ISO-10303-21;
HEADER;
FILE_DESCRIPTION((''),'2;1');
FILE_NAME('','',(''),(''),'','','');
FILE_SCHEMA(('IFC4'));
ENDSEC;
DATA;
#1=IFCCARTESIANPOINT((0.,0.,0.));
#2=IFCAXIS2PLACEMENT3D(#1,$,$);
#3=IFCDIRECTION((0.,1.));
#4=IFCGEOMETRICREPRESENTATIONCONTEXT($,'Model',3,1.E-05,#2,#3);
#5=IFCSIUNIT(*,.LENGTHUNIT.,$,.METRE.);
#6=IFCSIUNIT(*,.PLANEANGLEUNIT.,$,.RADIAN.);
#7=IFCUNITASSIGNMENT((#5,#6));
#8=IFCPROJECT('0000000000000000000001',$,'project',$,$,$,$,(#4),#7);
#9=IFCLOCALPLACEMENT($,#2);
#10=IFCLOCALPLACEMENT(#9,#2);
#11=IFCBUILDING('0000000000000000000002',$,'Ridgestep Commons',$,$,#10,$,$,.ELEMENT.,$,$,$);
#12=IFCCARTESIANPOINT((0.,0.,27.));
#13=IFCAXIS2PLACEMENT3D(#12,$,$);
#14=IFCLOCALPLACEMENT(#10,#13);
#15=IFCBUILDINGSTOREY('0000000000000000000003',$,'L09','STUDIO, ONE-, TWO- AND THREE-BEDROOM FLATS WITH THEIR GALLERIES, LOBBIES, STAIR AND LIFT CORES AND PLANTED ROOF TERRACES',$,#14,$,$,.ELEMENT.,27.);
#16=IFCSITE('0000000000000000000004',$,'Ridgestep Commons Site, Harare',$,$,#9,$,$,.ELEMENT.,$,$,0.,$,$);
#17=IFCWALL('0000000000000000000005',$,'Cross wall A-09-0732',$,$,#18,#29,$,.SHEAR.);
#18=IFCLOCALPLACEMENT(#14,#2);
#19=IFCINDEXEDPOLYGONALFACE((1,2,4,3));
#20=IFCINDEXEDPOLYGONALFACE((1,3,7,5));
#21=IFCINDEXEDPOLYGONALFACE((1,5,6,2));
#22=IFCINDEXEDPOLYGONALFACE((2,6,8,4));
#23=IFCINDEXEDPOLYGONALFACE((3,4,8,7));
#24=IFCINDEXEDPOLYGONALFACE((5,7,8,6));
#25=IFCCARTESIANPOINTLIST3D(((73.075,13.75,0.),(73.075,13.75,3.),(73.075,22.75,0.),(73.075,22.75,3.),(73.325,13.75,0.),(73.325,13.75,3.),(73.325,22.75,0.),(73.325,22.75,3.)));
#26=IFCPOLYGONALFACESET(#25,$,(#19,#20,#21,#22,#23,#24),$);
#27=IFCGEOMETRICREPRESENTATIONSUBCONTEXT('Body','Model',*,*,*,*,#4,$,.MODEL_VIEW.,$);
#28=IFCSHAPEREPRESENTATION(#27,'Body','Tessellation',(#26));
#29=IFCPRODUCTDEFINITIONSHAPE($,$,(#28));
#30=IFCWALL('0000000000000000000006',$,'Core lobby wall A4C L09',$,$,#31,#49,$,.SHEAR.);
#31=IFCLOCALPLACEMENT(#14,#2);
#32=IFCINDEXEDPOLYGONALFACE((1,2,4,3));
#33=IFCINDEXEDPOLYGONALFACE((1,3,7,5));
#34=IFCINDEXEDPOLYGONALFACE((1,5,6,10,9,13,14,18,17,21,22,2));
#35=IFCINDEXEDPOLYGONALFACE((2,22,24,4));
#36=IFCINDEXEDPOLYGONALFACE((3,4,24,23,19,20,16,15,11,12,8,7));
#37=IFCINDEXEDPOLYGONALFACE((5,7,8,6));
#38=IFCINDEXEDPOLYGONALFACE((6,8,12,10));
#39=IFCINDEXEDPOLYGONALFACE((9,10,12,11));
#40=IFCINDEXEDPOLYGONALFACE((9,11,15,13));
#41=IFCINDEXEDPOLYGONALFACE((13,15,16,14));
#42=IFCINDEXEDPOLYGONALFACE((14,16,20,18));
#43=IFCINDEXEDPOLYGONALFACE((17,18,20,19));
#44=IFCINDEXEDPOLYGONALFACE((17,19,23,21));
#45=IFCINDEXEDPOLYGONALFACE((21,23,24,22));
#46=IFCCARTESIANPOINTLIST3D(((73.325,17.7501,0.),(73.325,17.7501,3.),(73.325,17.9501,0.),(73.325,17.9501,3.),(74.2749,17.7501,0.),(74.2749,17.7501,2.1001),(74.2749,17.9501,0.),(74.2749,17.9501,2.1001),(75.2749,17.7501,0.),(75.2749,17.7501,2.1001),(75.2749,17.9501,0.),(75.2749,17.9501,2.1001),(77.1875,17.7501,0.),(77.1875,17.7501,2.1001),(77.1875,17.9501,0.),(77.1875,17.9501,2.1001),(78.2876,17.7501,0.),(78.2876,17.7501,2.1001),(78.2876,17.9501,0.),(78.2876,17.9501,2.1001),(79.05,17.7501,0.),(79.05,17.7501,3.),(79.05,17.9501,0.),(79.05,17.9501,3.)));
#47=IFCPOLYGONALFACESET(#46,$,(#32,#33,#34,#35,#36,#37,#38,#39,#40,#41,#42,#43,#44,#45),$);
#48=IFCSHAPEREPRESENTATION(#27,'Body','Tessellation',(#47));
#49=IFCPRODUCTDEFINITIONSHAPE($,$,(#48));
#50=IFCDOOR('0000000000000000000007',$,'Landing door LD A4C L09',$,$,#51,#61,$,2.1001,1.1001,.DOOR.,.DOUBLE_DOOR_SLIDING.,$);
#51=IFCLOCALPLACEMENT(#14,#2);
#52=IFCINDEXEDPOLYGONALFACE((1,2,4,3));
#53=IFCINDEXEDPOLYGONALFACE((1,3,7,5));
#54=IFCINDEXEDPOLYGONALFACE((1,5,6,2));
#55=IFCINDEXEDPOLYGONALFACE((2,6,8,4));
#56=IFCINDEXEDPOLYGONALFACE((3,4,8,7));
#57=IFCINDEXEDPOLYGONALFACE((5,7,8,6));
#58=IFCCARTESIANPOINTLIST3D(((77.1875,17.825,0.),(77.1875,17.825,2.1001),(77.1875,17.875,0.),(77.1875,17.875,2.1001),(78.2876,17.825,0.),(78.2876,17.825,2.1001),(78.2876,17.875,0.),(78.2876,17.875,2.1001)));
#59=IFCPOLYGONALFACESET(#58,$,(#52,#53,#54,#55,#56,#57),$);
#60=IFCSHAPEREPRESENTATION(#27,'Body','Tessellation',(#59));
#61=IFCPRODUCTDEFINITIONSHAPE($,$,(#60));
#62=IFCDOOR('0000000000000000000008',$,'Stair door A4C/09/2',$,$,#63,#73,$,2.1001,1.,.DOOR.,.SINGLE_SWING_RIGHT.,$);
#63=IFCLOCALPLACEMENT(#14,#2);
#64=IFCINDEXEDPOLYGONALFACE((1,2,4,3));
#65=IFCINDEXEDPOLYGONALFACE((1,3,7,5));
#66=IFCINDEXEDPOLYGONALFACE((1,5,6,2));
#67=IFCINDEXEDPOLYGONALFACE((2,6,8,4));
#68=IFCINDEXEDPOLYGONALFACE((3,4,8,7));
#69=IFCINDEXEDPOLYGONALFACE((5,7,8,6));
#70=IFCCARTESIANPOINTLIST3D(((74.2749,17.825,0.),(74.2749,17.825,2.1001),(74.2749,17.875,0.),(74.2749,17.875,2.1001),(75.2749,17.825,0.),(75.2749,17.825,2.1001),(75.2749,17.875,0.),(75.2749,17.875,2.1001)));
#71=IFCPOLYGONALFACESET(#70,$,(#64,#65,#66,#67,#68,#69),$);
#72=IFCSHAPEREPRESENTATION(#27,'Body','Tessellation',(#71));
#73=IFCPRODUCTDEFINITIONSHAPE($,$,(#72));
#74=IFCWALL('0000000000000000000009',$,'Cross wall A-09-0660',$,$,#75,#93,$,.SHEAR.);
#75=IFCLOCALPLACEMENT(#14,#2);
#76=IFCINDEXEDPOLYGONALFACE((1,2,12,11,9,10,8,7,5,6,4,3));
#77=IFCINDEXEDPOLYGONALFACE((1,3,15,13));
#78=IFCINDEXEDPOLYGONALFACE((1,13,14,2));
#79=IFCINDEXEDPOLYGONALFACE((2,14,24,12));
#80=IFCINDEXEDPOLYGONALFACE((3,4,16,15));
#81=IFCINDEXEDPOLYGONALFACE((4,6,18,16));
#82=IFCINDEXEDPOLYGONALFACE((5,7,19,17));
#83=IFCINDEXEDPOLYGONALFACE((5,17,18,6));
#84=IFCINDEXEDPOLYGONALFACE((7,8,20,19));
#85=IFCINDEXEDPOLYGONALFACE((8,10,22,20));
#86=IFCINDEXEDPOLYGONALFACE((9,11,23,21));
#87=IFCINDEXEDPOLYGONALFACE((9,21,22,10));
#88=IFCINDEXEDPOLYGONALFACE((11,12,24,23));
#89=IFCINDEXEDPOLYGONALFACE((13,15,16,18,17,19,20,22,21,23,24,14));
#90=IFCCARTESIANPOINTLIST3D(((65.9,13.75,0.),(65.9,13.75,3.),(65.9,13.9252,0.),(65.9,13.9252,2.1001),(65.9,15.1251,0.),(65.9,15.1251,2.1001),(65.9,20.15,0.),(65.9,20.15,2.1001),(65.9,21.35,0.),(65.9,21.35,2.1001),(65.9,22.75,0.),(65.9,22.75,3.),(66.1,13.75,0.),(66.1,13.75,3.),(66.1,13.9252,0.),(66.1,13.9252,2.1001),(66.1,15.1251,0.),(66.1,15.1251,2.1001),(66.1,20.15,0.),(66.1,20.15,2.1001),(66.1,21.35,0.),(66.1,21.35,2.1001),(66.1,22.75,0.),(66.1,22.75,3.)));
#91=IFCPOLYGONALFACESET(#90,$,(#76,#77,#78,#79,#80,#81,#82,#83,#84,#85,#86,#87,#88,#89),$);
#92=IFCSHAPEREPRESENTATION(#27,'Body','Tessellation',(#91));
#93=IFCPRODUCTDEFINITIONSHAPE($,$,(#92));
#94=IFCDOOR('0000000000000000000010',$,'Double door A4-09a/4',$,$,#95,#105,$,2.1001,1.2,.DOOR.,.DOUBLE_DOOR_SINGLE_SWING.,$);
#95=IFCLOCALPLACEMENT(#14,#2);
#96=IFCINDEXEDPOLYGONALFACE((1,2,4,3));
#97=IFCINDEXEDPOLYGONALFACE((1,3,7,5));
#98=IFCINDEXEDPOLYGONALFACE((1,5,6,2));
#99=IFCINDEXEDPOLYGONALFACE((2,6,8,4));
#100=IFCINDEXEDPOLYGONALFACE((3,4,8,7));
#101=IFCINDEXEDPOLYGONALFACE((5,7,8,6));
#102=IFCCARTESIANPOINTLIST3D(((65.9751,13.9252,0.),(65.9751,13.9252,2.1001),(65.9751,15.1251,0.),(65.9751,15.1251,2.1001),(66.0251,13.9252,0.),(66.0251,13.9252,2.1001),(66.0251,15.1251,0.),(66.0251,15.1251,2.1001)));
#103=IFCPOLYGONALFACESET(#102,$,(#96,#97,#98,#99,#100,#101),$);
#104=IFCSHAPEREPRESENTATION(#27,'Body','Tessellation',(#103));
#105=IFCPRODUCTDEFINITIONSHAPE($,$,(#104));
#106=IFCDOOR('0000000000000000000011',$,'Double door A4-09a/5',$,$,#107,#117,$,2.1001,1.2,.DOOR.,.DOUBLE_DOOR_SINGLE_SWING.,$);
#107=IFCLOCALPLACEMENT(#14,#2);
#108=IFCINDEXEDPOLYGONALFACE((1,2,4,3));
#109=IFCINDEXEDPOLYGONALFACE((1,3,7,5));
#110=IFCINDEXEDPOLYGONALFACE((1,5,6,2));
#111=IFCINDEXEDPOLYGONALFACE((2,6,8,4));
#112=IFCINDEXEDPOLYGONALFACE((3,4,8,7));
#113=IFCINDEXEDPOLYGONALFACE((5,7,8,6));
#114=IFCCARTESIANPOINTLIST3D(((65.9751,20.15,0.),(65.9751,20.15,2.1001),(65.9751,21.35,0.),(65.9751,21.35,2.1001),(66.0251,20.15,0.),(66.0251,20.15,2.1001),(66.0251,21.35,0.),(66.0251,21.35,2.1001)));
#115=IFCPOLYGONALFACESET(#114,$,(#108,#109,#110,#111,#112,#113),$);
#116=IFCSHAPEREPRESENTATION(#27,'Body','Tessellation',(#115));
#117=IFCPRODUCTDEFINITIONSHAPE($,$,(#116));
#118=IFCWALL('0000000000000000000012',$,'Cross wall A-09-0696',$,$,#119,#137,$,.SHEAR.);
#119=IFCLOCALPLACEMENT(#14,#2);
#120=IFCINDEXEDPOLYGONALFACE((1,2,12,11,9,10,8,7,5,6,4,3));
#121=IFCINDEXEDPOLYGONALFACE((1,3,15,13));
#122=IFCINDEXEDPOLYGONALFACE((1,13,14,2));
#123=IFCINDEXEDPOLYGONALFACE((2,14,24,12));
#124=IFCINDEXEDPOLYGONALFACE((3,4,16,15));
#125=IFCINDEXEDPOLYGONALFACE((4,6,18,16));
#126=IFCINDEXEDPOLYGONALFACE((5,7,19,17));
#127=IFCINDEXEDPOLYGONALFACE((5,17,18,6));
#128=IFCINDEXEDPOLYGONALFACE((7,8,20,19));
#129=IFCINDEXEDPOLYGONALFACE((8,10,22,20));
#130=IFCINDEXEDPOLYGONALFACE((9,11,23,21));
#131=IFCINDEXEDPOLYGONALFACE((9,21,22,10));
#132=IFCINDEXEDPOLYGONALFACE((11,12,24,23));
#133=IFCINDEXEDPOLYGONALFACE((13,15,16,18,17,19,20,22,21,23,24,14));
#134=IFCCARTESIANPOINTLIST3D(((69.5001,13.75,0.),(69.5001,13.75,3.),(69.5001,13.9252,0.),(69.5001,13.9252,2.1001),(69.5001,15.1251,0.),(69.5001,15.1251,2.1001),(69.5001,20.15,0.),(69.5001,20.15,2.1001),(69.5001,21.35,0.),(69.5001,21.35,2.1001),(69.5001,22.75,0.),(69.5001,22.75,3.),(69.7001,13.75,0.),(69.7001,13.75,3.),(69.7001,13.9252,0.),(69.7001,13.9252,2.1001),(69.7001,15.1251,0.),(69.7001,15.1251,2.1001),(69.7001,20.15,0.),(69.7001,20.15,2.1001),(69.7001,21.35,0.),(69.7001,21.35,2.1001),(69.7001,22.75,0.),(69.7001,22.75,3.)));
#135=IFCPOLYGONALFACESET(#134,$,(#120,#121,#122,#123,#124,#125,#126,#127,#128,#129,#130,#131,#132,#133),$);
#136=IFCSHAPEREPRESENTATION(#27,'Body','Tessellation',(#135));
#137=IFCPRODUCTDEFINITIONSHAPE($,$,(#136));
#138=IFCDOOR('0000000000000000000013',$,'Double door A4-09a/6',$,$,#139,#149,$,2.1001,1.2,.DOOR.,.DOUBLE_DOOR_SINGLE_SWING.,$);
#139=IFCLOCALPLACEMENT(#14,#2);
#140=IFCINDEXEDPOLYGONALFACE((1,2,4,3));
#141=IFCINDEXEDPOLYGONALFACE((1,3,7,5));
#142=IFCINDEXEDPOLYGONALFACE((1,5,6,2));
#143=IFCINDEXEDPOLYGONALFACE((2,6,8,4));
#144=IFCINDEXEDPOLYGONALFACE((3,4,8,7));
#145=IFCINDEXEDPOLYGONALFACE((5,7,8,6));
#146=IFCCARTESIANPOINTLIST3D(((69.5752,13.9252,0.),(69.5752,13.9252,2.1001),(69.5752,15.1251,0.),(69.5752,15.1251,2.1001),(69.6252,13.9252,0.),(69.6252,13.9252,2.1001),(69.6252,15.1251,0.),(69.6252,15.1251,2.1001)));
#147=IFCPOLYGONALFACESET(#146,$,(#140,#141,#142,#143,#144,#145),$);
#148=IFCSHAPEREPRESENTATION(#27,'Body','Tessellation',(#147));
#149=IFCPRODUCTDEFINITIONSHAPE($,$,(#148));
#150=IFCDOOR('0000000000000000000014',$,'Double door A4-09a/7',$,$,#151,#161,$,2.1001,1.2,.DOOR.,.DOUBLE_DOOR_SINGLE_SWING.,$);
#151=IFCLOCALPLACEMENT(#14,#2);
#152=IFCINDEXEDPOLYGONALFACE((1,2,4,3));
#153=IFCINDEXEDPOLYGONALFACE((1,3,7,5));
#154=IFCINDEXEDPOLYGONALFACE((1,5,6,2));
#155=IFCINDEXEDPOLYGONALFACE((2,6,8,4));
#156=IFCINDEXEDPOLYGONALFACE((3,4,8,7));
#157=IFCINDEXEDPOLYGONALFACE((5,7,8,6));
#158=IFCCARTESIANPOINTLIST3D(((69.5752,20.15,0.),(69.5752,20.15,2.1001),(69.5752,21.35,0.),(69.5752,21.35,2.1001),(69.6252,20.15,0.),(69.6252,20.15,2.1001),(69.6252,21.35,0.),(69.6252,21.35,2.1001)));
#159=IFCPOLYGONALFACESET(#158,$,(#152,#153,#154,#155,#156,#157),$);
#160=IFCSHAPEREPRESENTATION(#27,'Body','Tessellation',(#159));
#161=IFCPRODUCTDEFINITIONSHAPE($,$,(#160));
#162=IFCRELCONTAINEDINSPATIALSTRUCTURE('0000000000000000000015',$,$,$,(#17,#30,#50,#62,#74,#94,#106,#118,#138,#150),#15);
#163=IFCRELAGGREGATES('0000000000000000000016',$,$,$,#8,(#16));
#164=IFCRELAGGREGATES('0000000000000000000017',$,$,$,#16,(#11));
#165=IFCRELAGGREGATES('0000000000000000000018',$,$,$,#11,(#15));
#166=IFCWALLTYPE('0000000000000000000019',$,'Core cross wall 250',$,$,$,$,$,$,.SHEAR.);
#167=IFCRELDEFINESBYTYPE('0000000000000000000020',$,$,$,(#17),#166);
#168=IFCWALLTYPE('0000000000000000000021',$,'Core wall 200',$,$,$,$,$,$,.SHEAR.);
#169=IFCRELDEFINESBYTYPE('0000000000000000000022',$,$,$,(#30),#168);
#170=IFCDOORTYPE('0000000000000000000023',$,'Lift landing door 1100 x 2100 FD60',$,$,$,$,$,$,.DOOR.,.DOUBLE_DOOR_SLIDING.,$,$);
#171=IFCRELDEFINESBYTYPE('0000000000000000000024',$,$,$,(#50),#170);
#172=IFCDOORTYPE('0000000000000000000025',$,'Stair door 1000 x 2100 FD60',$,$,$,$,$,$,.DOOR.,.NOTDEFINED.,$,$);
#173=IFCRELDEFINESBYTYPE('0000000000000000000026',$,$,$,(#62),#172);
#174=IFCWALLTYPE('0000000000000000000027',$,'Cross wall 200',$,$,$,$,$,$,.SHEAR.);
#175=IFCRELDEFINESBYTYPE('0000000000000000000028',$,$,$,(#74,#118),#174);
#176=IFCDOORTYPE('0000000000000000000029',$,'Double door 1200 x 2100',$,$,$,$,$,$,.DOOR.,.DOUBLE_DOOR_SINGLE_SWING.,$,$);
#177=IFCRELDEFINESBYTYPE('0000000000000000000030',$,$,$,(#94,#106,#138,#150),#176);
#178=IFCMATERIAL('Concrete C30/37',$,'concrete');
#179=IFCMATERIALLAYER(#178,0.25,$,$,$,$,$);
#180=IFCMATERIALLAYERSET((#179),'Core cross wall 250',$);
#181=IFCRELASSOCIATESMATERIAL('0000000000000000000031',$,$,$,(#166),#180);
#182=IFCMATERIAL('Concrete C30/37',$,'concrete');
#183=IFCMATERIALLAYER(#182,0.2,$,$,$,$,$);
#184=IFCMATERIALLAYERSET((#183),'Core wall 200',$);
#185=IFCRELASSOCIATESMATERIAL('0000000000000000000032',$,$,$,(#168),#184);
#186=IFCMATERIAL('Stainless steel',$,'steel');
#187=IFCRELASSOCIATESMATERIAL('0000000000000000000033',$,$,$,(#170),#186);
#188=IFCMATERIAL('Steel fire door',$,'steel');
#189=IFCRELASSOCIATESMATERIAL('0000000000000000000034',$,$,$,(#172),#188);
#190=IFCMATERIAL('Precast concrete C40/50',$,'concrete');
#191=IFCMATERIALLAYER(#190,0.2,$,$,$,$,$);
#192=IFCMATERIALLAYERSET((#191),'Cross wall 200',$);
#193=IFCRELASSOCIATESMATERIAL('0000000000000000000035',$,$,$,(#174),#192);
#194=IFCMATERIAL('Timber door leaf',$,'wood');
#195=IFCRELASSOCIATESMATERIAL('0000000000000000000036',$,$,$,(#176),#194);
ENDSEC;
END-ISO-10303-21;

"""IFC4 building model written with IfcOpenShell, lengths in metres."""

from ifc_helpers import new_model, si_unit, direction, frame, frame_2d, origin, place, context, subcontext, project, spatial, rectangle, extrude, material, layer, layer_set, type_object, element, fill, save


model = new_model("IFC4")

# Units and contexts
model_context = context("Model", 3, precision=1e-05, world=origin(), true_north=direction((0.0, 1.0)))
body_context = subcontext(model_context, "Body", "Model", "MODEL_VIEW")
ifc_project = project(units=[si_unit("LENGTHUNIT", "METRE"), si_unit("PLANEANGLEUNIT", "RADIAN")], contexts=[model_context])

# Site, building, storey
site_placement = place(None, origin())
site = spatial("IfcSite", under=ifc_project, at=site_placement, Name="Ridgestep Commons Site, Harare", CompositionType="ELEMENT", RefElevation=0.0)
building_placement = place(site_placement, origin())
building = spatial("IfcBuilding", under=site, at=building_placement, Name="Ridgestep Commons", CompositionType="ELEMENT")
storey_placement = place(building_placement, frame((0.0, 0.0, 27.0)))
storey = spatial("IfcBuildingStorey", under=building, at=storey_placement, Name="L09", Description="STUDIO, ONE-, TWO- AND THREE-BEDROOM FLATS WITH THEIR GALLERIES, LOBBIES, STAIR AND LIFT CORES AND PLANTED ROOF TERRACES", CompositionType="ELEMENT", Elevation=27.0)

# Wall
ifc_material_1 = material(Name="Concrete C30/37", Category="concrete")
ifc_layer_1 = layer(ifc_material_1, 0.25)
ifc_layer_set_1 = layer_set([ifc_layer_1], Name="Core cross wall 250")
wall_type_1 = type_object("IfcWallType", Name="Core cross wall 250", PredefinedType="SHEAR", material=ifc_layer_set_1)
wall_1_placement = place(storey_placement, frame((73.2, 13.75, 0.0), z_axis=(0.0, 0.0, 1.0), x_axis=(0.0, 1.0, 0.0)))
element("IfcWall", 1, at=wall_1_placement, inside=storey, type_object=wall_type_1, Name="Cross wall A-09-0732", PredefinedType="SHEAR", context=body_context, shape_type="SweptSolid", body=[
    extrude(rectangle(XDim=9.0, YDim=0.25, at=frame_2d((4.5, 0.0))), origin(), (0.0, 0.0, 1.0), 3.0),
])

# Walls, openings, doors
ifc_material_2 = material(Name="Concrete C30/37", Category="concrete")
ifc_layer_2 = layer(ifc_material_2, 0.2)
ifc_layer_set_2 = layer_set([ifc_layer_2], Name="Core wall 200")
wall_type_2 = type_object("IfcWallType", Name="Core wall 200", PredefinedType="SHEAR", material=ifc_layer_set_2)
wall_2_placement = place(storey_placement, frame((73.325, 17.8501, 0.0), z_axis=(0.0, 0.0, 1.0), x_axis=(1.0, 0.0, 0.0)))
wall_2 = element("IfcWall", 2, at=wall_2_placement, inside=storey, type_object=wall_type_2, Name="Core lobby wall A4C L09", PredefinedType="SHEAR", context=body_context, shape_type="SweptSolid", body=[
    extrude(rectangle(XDim=5.7251, YDim=0.2, at=frame_2d((2.8625, 0.0))), origin(), (0.0, 0.0, 1.0), 3.0),
])
opening_1_placement = place(wall_2_placement, frame((0.95, 0.0, 0.0)))
opening_1 = element("IfcOpeningElement", 3, at=opening_1_placement, cuts=wall_2, PredefinedType="OPENING", context=body_context, shape_type="SweptSolid", body=[
    extrude(rectangle(XDim=1.0, YDim=2.1001, at=frame_2d((0.5, 1.05))), frame((0.0, 0.1099, 0.0), z_axis=(0.0, -1.0, 0.0), x_axis=(1.0, 0.0, 0.0)), (0.0, 0.0, 1.0), 0.22),
])
opening_2_placement = place(wall_2_placement, frame((3.8625, 0.0, 0.0)))
opening_2 = element("IfcOpeningElement", 4, at=opening_2_placement, cuts=wall_2, PredefinedType="OPENING", context=body_context, shape_type="SweptSolid", body=[
    extrude(rectangle(XDim=1.1001, YDim=2.1001, at=frame_2d((0.55, 1.05))), frame((0.0, 0.1099, 0.0), z_axis=(0.0, -1.0, 0.0), x_axis=(1.0, 0.0, 0.0)), (0.0, 0.0, 1.0), 0.22),
])
ifc_material_3 = material(Name="Stainless steel", Category="steel")
door_type_1 = type_object("IfcDoorType", Name="Lift landing door 1100 x 2100 FD60", OperationType="DOUBLE_DOOR_SLIDING", PredefinedType="DOOR", material=ifc_material_3)
door_1_placement = place(opening_2_placement, origin())
door_1 = element("IfcDoor", 5, at=door_1_placement, inside=storey, type_object=door_type_1, Name="Landing door LD A4C L09", OperationType="DOUBLE_DOOR_SLIDING", OverallHeight=2.1001, OverallWidth=1.1001, PredefinedType="DOOR", context=body_context, shape_type="SweptSolid", body=[
    extrude(rectangle(XDim=1.1001, YDim=2.1001, at=frame_2d((0.55, 1.05))), frame((0.0, 0.0249, 0.0), z_axis=(0.0, -1.0, 0.0), x_axis=(1.0, 0.0, 0.0)), (0.0, 0.0, 1.0), 0.05),
])
fill(opening_2, door_1)
ifc_material_4 = material(Name="Steel fire door", Category="steel")
door_type_2 = type_object("IfcDoorType", Name="Stair door 1000 x 2100 FD60", OperationType="NOTDEFINED", PredefinedType="DOOR", material=ifc_material_4)
door_2_placement = place(opening_1_placement, origin())
door_2 = element("IfcDoor", 6, at=door_2_placement, inside=storey, type_object=door_type_2, Name="Stair door A4C/09/2", OperationType="SINGLE_SWING_RIGHT", OverallHeight=2.1001, OverallWidth=1.0, PredefinedType="DOOR", context=body_context, shape_type="SweptSolid", body=[
    extrude(rectangle(XDim=1.0, YDim=2.1001, at=frame_2d((0.5, 1.05))), frame((0.0, 0.0249, 0.0), z_axis=(0.0, -1.0, 0.0), x_axis=(1.0, 0.0, 0.0)), (0.0, 0.0, 1.0), 0.05),
])
fill(opening_1, door_2)
ifc_material_5 = material(Name="Precast concrete C40/50", Category="concrete")
ifc_layer_3 = layer(ifc_material_5, 0.2)
ifc_layer_set_3 = layer_set([ifc_layer_3], Name="Cross wall 200")
wall_type_3 = type_object("IfcWallType", Name="Cross wall 200", PredefinedType="SHEAR", material=ifc_layer_set_3)
wall_3_placement = place(storey_placement, frame((66.0, 13.75, 0.0), z_axis=(0.0, 0.0, 1.0), x_axis=(0.0, 1.0, 0.0)))
wall_3 = element("IfcWall", 7, at=wall_3_placement, inside=storey, type_object=wall_type_3, Name="Cross wall A-09-0660", PredefinedType="SHEAR", context=body_context, shape_type="SweptSolid", body=[
    extrude(rectangle(XDim=9.0, YDim=0.2, at=frame_2d((4.5, 0.0))), origin(), (0.0, 0.0, 1.0), 3.0),
])
opening_3_placement = place(wall_3_placement, frame((0.175, 0.0, 0.0)))
opening_3 = element("IfcOpeningElement", 8, at=opening_3_placement, cuts=wall_3, PredefinedType="OPENING", context=body_context, shape_type="SweptSolid", body=[
    extrude(rectangle(XDim=1.2, YDim=2.1001, at=frame_2d((0.6001, 1.05))), frame((0.0, 0.1099, 0.0), z_axis=(0.0, -1.0, 0.0), x_axis=(1.0, 0.0, 0.0)), (0.0, 0.0, 1.0), 0.22),
])
opening_4_placement = place(wall_3_placement, frame((6.3999, 0.0, 0.0)))
opening_4 = element("IfcOpeningElement", 9, at=opening_4_placement, cuts=wall_3, PredefinedType="OPENING", context=body_context, shape_type="SweptSolid", body=[
    extrude(rectangle(XDim=1.2, YDim=2.1001, at=frame_2d((0.6001, 1.05))), frame((0.0, 0.1099, 0.0), z_axis=(0.0, -1.0, 0.0), x_axis=(1.0, 0.0, 0.0)), (0.0, 0.0, 1.0), 0.22),
])
ifc_material_6 = material(Name="Timber door leaf", Category="wood")
door_type_3 = type_object("IfcDoorType", Name="Double door 1200 x 2100", OperationType="DOUBLE_DOOR_SINGLE_SWING", PredefinedType="DOOR", material=ifc_material_6)
door_3_placement = place(opening_3_placement, origin())
door_3 = element("IfcDoor", 10, at=door_3_placement, inside=storey, type_object=door_type_3, Name="Double door A4-09a/4", OperationType="DOUBLE_DOOR_SINGLE_SWING", OverallHeight=2.1001, OverallWidth=1.2, PredefinedType="DOOR", context=body_context, shape_type="SweptSolid", body=[
    extrude(rectangle(XDim=1.2, YDim=2.1001, at=frame_2d((0.6001, 1.05))), frame((0.0, 0.0249, 0.0), z_axis=(0.0, -1.0, 0.0), x_axis=(1.0, 0.0, 0.0)), (0.0, 0.0, 1.0), 0.05),
])
fill(opening_3, door_3)
door_4_placement = place(opening_4_placement, origin())
door_4 = element("IfcDoor", 11, at=door_4_placement, inside=storey, type_object=door_type_3, Name="Double door A4-09a/5", OperationType="DOUBLE_DOOR_SINGLE_SWING", OverallHeight=2.1001, OverallWidth=1.2, PredefinedType="DOOR", context=body_context, shape_type="SweptSolid", body=[
    extrude(rectangle(XDim=1.2, YDim=2.1001, at=frame_2d((0.6001, 1.05))), frame((0.0, 0.0249, 0.0), z_axis=(0.0, -1.0, 0.0), x_axis=(1.0, 0.0, 0.0)), (0.0, 0.0, 1.0), 0.05),
])
fill(opening_4, door_4)
wall_4_placement = place(storey_placement, frame((69.6001, 13.75, 0.0), z_axis=(0.0, 0.0, 1.0), x_axis=(0.0, 1.0, 0.0)))
wall_4 = element("IfcWall", 12, at=wall_4_placement, inside=storey, type_object=wall_type_3, Name="Cross wall A-09-0696", PredefinedType="SHEAR", context=body_context, shape_type="SweptSolid", body=[
    extrude(rectangle(XDim=9.0, YDim=0.2, at=frame_2d((4.5, 0.0))), origin(), (0.0, 0.0, 1.0), 3.0),
])
opening_5_placement = place(wall_4_placement, frame((0.175, 0.0, 0.0)))
opening_5 = element("IfcOpeningElement", 13, at=opening_5_placement, cuts=wall_4, PredefinedType="OPENING", context=body_context, shape_type="SweptSolid", body=[
    extrude(rectangle(XDim=1.2, YDim=2.1001, at=frame_2d((0.6001, 1.05))), frame((0.0, 0.1099, 0.0), z_axis=(0.0, -1.0, 0.0), x_axis=(1.0, 0.0, 0.0)), (0.0, 0.0, 1.0), 0.22),
])
opening_6_placement = place(wall_4_placement, frame((6.3999, 0.0, 0.0)))
opening_6 = element("IfcOpeningElement", 14, at=opening_6_placement, cuts=wall_4, PredefinedType="OPENING", context=body_context, shape_type="SweptSolid", body=[
    extrude(rectangle(XDim=1.2, YDim=2.1001, at=frame_2d((0.6001, 1.05))), frame((0.0, 0.1099, 0.0), z_axis=(0.0, -1.0, 0.0), x_axis=(1.0, 0.0, 0.0)), (0.0, 0.0, 1.0), 0.22),
])
door_5_placement = place(opening_5_placement, origin())
door_5 = element("IfcDoor", 15, at=door_5_placement, inside=storey, type_object=door_type_3, Name="Double door A4-09a/6", OperationType="DOUBLE_DOOR_SINGLE_SWING", OverallHeight=2.1001, OverallWidth=1.2, PredefinedType="DOOR", context=body_context, shape_type="SweptSolid", body=[
    extrude(rectangle(XDim=1.2, YDim=2.1001, at=frame_2d((0.6001, 1.05))), frame((0.0, 0.0249, 0.0), z_axis=(0.0, -1.0, 0.0), x_axis=(1.0, 0.0, 0.0)), (0.0, 0.0, 1.0), 0.05),
])
fill(opening_5, door_5)
door_6_placement = place(opening_6_placement, origin())
door_6 = element("IfcDoor", 16, at=door_6_placement, inside=storey, type_object=door_type_3, Name="Double door A4-09a/7", OperationType="DOUBLE_DOOR_SINGLE_SWING", OverallHeight=2.1001, OverallWidth=1.2, PredefinedType="DOOR", context=body_context, shape_type="SweptSolid", body=[
    extrude(rectangle(XDim=1.2, YDim=2.1001, at=frame_2d((0.6001, 1.05))), frame((0.0, 0.0249, 0.0), z_axis=(0.0, -1.0, 0.0), x_axis=(1.0, 0.0, 0.0)), (0.0, 0.0, 1.0), 0.05),
])
fill(opening_6, door_6)

save(model, "model.ifc")
